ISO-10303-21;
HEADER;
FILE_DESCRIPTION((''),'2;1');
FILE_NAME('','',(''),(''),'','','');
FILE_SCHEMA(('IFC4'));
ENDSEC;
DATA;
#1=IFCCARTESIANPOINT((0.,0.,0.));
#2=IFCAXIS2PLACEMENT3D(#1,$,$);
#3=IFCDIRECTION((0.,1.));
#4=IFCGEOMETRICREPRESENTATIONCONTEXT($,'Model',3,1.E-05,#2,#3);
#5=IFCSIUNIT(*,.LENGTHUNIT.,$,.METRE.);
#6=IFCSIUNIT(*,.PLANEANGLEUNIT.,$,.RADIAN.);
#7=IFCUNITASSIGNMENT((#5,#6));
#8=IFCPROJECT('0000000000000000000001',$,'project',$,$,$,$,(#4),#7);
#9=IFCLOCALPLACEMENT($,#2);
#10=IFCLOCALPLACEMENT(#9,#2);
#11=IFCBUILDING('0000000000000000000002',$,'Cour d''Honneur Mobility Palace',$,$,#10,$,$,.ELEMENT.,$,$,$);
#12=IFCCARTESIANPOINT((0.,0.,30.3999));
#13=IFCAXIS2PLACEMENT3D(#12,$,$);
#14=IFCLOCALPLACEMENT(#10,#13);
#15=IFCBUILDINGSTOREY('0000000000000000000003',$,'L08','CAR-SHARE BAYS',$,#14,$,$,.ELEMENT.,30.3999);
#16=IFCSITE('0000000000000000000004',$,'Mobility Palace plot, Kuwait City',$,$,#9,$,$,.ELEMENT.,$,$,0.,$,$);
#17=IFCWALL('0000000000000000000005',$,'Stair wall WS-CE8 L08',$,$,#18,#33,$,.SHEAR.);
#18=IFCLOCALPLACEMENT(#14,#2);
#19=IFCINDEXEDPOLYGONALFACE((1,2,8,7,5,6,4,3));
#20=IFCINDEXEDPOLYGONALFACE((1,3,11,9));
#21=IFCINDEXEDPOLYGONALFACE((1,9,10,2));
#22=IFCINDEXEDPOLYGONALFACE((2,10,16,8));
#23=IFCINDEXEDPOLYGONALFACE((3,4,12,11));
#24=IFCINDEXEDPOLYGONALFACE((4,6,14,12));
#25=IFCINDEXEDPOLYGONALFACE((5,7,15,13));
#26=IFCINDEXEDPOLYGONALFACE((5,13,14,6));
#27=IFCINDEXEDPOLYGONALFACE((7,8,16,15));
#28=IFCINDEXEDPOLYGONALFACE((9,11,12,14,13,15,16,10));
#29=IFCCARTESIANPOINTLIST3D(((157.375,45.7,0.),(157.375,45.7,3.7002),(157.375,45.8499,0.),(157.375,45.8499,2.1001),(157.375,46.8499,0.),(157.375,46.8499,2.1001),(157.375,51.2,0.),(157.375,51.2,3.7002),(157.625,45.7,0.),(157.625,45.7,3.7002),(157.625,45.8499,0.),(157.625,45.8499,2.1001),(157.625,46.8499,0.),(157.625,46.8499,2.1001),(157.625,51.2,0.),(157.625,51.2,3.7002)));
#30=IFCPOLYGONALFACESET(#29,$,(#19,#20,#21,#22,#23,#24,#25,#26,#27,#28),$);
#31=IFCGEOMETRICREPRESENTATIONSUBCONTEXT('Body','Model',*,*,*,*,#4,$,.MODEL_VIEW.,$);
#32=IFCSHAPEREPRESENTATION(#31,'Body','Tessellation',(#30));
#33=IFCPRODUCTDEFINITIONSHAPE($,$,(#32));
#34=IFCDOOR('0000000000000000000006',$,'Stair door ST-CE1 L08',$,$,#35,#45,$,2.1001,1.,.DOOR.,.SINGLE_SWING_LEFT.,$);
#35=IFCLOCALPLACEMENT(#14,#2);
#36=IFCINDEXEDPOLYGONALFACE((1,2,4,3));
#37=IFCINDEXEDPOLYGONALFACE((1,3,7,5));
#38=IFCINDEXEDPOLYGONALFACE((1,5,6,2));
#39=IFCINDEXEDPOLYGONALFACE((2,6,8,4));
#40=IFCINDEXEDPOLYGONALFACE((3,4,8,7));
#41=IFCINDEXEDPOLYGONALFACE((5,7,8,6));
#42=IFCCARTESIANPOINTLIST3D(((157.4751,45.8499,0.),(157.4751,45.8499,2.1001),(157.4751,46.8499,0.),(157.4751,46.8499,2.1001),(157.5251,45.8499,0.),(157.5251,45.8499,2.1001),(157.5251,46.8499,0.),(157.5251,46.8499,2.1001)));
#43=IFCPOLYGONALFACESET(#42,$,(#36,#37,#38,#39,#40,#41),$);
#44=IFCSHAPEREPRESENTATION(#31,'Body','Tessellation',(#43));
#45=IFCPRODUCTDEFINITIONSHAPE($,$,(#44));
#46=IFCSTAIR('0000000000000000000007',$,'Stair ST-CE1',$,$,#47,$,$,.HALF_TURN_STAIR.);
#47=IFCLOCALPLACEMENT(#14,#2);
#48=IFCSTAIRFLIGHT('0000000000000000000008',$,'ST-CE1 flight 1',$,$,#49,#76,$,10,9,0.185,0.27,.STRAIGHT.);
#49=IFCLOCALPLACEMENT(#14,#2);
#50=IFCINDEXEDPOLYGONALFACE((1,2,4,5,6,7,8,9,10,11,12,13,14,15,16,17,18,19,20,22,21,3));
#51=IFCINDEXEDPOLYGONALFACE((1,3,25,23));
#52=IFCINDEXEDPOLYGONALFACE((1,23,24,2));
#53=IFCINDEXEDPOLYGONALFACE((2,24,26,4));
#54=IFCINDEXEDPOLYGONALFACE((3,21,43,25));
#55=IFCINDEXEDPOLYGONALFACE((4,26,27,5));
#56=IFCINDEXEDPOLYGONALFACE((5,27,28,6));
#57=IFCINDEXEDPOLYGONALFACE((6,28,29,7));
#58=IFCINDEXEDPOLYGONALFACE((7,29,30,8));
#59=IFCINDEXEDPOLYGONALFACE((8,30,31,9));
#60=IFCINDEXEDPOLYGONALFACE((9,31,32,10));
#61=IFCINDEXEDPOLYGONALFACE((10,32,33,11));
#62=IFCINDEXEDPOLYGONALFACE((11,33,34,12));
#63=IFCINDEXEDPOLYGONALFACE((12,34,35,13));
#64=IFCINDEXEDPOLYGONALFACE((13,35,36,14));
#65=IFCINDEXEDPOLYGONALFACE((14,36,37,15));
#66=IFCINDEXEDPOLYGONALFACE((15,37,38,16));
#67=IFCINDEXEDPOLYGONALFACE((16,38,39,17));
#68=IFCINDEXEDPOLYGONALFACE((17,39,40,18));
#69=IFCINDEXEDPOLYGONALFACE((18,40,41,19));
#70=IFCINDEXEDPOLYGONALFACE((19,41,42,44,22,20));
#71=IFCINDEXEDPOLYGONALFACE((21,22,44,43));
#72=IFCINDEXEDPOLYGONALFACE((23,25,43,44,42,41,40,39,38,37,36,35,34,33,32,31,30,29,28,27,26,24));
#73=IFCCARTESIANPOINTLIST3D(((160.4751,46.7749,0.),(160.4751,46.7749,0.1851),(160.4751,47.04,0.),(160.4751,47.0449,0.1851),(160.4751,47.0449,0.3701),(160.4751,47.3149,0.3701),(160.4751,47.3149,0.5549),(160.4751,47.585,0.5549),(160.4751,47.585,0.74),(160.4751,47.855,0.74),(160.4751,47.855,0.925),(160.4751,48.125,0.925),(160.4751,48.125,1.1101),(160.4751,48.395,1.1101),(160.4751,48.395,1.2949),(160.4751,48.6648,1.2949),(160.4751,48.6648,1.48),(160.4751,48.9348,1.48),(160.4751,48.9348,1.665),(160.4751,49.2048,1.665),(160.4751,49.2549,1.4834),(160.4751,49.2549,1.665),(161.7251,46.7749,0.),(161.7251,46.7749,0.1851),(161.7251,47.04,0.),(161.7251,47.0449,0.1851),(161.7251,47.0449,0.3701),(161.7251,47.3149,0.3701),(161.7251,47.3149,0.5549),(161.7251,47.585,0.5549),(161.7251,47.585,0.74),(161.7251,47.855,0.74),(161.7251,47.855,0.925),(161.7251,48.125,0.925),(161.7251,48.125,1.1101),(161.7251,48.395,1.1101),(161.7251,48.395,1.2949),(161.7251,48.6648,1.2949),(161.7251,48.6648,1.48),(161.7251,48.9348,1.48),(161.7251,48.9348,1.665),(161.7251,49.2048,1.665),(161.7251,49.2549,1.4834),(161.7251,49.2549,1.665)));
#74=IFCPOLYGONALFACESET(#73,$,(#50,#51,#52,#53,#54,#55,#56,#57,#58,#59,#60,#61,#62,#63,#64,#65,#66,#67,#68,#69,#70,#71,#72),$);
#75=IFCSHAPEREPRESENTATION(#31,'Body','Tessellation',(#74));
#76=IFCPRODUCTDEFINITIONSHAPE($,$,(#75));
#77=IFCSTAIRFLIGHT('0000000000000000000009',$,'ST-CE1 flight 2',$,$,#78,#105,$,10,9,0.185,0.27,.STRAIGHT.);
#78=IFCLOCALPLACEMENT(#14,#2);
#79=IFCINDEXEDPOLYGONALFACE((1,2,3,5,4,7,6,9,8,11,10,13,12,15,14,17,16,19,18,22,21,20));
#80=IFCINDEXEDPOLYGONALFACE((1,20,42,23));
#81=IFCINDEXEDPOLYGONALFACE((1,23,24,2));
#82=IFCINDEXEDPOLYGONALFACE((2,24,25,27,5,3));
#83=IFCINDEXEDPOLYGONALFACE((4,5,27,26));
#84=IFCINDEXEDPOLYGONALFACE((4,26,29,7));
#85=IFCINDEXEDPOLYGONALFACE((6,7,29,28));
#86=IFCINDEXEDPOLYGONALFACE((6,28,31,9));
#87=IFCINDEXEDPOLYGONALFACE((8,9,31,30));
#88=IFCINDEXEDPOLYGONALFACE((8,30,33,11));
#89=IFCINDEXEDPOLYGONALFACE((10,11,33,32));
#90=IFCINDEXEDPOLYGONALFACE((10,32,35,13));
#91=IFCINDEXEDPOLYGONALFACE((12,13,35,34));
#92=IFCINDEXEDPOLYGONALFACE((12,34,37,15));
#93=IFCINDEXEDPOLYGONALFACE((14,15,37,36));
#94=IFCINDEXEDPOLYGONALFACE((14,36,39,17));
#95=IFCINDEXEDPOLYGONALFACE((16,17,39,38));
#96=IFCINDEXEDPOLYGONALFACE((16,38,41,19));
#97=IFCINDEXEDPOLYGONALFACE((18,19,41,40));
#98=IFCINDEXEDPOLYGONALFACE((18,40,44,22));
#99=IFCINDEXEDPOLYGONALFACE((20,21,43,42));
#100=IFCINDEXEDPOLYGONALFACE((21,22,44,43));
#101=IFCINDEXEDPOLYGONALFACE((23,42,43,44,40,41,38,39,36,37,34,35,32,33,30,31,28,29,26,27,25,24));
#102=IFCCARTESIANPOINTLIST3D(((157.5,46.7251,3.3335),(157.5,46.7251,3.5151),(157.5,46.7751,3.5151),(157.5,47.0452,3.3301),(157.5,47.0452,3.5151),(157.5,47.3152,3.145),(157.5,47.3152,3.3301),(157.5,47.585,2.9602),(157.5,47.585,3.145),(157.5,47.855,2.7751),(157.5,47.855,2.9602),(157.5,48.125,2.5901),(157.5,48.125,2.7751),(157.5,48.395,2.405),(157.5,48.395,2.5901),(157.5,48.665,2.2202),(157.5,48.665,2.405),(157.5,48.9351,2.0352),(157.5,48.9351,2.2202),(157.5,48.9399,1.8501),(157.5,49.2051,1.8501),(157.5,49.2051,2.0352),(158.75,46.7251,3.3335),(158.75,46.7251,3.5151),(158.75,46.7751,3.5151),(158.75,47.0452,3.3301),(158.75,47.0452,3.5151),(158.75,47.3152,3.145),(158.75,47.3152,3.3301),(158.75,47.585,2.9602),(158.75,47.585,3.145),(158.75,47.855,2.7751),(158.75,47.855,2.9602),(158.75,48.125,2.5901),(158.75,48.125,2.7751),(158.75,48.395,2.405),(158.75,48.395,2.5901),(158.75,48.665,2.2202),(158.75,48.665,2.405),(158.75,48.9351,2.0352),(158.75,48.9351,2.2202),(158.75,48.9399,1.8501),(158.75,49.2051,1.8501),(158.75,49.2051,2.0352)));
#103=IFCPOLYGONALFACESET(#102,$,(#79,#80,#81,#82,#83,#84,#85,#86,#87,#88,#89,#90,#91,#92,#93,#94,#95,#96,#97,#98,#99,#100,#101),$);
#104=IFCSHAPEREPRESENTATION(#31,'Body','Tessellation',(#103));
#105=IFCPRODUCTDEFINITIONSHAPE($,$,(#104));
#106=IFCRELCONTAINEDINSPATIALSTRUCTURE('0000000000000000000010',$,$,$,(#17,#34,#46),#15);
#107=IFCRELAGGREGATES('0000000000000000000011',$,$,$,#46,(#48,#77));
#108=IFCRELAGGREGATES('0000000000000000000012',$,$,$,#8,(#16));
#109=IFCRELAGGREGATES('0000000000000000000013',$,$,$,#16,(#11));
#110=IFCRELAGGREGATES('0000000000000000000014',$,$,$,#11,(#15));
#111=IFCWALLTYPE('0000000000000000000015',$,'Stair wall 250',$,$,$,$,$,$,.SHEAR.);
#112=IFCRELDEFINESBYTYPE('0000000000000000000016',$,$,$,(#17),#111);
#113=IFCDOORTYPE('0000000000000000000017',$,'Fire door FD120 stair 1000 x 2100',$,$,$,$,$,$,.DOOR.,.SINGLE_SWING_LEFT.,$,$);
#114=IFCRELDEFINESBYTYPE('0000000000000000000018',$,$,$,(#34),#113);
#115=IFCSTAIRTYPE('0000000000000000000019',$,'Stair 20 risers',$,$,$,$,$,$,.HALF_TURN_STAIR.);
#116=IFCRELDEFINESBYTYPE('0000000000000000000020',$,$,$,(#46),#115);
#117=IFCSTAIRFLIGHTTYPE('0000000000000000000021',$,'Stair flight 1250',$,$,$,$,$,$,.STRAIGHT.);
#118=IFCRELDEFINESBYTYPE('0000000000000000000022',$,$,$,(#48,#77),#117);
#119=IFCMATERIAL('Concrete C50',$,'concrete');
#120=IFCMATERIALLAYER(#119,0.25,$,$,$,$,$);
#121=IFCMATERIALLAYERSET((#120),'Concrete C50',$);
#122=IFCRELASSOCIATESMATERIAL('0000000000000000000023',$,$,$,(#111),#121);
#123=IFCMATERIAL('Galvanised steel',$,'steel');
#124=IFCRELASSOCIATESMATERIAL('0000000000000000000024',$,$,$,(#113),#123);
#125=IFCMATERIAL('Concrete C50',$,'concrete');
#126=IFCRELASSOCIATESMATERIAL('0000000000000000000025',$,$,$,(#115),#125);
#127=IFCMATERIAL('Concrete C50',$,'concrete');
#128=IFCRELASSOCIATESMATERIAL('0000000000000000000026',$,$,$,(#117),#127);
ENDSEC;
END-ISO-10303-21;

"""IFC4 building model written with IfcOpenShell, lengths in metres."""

from ifc_helpers import new_model, si_unit, direction, frame, frame_2d, origin, place, context, subcontext, project, spatial, polyline, rectangle, outline, extrude, material, layer, layer_set, type_object, element, fill, aggregate, save


model = new_model("IFC4")

# Units and contexts
model_context = context("Model", 3, precision=1e-05, world=origin(), true_north=direction((0.0, 1.0)))
body_context = subcontext(model_context, "Body", "Model", "MODEL_VIEW")
ifc_project = project(units=[si_unit("LENGTHUNIT", "METRE"), si_unit("PLANEANGLEUNIT", "RADIAN")], contexts=[model_context])

# Site, building, storey
site_placement = place(None, origin())
site = spatial("IfcSite", under=ifc_project, at=site_placement, Name="Mobility Palace plot, Kuwait City", CompositionType="ELEMENT", RefElevation=0.0)
building_placement = place(site_placement, origin())
building = spatial("IfcBuilding", under=site, at=building_placement, Name="Cour d'Honneur Mobility Palace", CompositionType="ELEMENT")
storey_placement = place(building_placement, frame((0.0, 0.0, 30.3999)))
storey = spatial("IfcBuildingStorey", under=building, at=storey_placement, Name="L08", Description="CAR-SHARE BAYS", CompositionType="ELEMENT", Elevation=30.3999)

# Shared definitions
ifc_material_1 = material(Name="Concrete C50", Category="concrete")
ifc_layer_1 = layer(ifc_material_1, 0.25)
ifc_layer_set_1 = layer_set([ifc_layer_1], Name="Concrete C50")
wall_type_1 = type_object("IfcWallType", Name="Stair wall 250", PredefinedType="SHEAR", material=ifc_layer_set_1)

# Wall, opening, door
wall_1_placement = place(storey_placement, frame((157.5, 45.7, 0.0), z_axis=(0.0, 0.0, 1.0), x_axis=(0.0, 1.0, 0.0)))
wall_1 = element("IfcWall", 1, at=wall_1_placement, inside=storey, type_object=wall_type_1, Name="Stair wall WS-CE8 L08", PredefinedType="SHEAR", context=body_context, shape_type="SweptSolid", body=[
    extrude(rectangle(XDim=5.5, YDim=0.25, at=frame_2d((2.75, 0.0))), origin(), (0.0, 0.0, 1.0), 3.7002),
])
opening_1_placement = place(wall_1_placement, frame((0.1499, 0.0, 0.0)))
opening_1 = element("IfcOpeningElement", 2, at=opening_1_placement, cuts=wall_1, PredefinedType="OPENING", context=body_context, shape_type="SweptSolid", body=[
    extrude(rectangle(XDim=1.0, YDim=2.1001, at=frame_2d((0.5, 1.05))), frame((0.0, 0.135, 0.0), z_axis=(0.0, -1.0, 0.0), x_axis=(1.0, 0.0, 0.0)), (0.0, 0.0, 1.0), 0.27),
])
ifc_material_2 = material(Name="Galvanised steel", Category="steel")
door_type_1 = type_object("IfcDoorType", Name="Fire door FD120 stair 1000 x 2100", OperationType="SINGLE_SWING_LEFT", PredefinedType="DOOR", material=ifc_material_2)
door_1_placement = place(opening_1_placement, origin())
door_1 = element("IfcDoor", 3, at=door_1_placement, inside=storey, type_object=door_type_1, Name="Stair door ST-CE1 L08", OperationType="SINGLE_SWING_LEFT", OverallHeight=2.1001, OverallWidth=1.0, PredefinedType="DOOR", context=body_context, shape_type="SweptSolid", body=[
    extrude(rectangle(XDim=1.0, YDim=2.1001, at=frame_2d((0.5, 1.05))), frame((0.0, 0.0249, 0.0), z_axis=(0.0, -1.0, 0.0), x_axis=(1.0, 0.0, 0.0)), (0.0, 0.0, 1.0), 0.05),
])
fill(opening_1, door_1)

# Stair, stair flights
ifc_material_3 = material(Name="Concrete C50", Category="concrete")
stair_type = type_object("IfcStairType", Name="Stair 20 risers", PredefinedType="HALF_TURN_STAIR", material=ifc_material_3)
stair_placement = place(storey_placement, origin())
stair = element("IfcStair", 4, at=stair_placement, inside=storey, type_object=stair_type, Name="Stair ST-CE1", PredefinedType="HALF_TURN_STAIR")
ifc_material_4 = material(Name="Concrete C50", Category="concrete")
stair_flight_type = type_object("IfcStairFlightType", Name="Stair flight 1250", PredefinedType="STRAIGHT", material=ifc_material_4)
stair_flight_1_placement = place(storey_placement, frame((161.1001, 46.7749, 0.0), z_axis=(0.0, 0.0, 1.0), x_axis=(0.0, 1.0, 0.0)))
stair_flight_1 = element("IfcStairFlight", 5, at=stair_flight_1_placement, type_object=stair_flight_type, Name="ST-CE1 flight 1", NumberOfRisers=10, NumberOfTreads=9, PredefinedType="STRAIGHT", RiserHeight=0.185, TreadLength=0.27, context=body_context, shape_type="SweptSolid", body=[
    extrude(outline(polyline([(0.0, 0.0), (0.0, 0.1851), (0.27, 0.1851), (0.27, 0.3701), (0.54, 0.3701), (0.54, 0.5549), (0.8101, 0.5549), (0.8101, 0.74), (1.0801, 0.74), (1.0801, 0.925), (1.3501, 0.925), (1.3501, 1.1101), (1.6201, 1.1101), (1.6201, 1.2949), (1.8899, 1.2949), (1.8899, 1.48), (2.1599, 1.48), (2.1599, 1.665), (2.4299, 1.665), (2.48, 1.665), (2.48, 1.4834), (0.2651, 0.0), (0.0, 0.0)])), frame((0.0, 0.625, 0.0), z_axis=(0.0, -1.0, 0.0), x_axis=(1.0, 0.0, 0.0)), (0.0, 0.0, 1.0), 1.25),
])
stair_flight_2_placement = place(storey_placement, frame((158.125, 49.2051, 1.8501), z_axis=(0.0, 0.0, 1.0), x_axis=(0.0, -1.0, 0.0)))
stair_flight_2 = element("IfcStairFlight", 6, at=stair_flight_2_placement, type_object=stair_flight_type, Name="ST-CE1 flight 2", NumberOfRisers=10, NumberOfTreads=9, PredefinedType="STRAIGHT", RiserHeight=0.185, TreadLength=0.27, context=body_context, shape_type="SweptSolid", body=[
    extrude(outline(polyline([(0.0, 0.0), (0.0, 0.1851), (0.27, 0.1851), (0.27, 0.3701), (0.54, 0.3701), (0.54, 0.5549), (0.8101, 0.5549), (0.8101, 0.74), (1.0801, 0.74), (1.0801, 0.925), (1.3501, 0.925), (1.3501, 1.1101), (1.6201, 1.1101), (1.6201, 1.2949), (1.8899, 1.2949), (1.8899, 1.48), (2.1599, 1.48), (2.1599, 1.665), (2.4299, 1.665), (2.48, 1.665), (2.48, 1.4834), (0.2651, 0.0), (0.0, 0.0)])), frame((0.0, 0.625, 0.0), z_axis=(0.0, -1.0, 0.0), x_axis=(1.0, 0.0, 0.0)), (0.0, 0.0, 1.0), 1.25),
])
aggregate(stair, [stair_flight_1, stair_flight_2])

save(model, "model.ifc")
